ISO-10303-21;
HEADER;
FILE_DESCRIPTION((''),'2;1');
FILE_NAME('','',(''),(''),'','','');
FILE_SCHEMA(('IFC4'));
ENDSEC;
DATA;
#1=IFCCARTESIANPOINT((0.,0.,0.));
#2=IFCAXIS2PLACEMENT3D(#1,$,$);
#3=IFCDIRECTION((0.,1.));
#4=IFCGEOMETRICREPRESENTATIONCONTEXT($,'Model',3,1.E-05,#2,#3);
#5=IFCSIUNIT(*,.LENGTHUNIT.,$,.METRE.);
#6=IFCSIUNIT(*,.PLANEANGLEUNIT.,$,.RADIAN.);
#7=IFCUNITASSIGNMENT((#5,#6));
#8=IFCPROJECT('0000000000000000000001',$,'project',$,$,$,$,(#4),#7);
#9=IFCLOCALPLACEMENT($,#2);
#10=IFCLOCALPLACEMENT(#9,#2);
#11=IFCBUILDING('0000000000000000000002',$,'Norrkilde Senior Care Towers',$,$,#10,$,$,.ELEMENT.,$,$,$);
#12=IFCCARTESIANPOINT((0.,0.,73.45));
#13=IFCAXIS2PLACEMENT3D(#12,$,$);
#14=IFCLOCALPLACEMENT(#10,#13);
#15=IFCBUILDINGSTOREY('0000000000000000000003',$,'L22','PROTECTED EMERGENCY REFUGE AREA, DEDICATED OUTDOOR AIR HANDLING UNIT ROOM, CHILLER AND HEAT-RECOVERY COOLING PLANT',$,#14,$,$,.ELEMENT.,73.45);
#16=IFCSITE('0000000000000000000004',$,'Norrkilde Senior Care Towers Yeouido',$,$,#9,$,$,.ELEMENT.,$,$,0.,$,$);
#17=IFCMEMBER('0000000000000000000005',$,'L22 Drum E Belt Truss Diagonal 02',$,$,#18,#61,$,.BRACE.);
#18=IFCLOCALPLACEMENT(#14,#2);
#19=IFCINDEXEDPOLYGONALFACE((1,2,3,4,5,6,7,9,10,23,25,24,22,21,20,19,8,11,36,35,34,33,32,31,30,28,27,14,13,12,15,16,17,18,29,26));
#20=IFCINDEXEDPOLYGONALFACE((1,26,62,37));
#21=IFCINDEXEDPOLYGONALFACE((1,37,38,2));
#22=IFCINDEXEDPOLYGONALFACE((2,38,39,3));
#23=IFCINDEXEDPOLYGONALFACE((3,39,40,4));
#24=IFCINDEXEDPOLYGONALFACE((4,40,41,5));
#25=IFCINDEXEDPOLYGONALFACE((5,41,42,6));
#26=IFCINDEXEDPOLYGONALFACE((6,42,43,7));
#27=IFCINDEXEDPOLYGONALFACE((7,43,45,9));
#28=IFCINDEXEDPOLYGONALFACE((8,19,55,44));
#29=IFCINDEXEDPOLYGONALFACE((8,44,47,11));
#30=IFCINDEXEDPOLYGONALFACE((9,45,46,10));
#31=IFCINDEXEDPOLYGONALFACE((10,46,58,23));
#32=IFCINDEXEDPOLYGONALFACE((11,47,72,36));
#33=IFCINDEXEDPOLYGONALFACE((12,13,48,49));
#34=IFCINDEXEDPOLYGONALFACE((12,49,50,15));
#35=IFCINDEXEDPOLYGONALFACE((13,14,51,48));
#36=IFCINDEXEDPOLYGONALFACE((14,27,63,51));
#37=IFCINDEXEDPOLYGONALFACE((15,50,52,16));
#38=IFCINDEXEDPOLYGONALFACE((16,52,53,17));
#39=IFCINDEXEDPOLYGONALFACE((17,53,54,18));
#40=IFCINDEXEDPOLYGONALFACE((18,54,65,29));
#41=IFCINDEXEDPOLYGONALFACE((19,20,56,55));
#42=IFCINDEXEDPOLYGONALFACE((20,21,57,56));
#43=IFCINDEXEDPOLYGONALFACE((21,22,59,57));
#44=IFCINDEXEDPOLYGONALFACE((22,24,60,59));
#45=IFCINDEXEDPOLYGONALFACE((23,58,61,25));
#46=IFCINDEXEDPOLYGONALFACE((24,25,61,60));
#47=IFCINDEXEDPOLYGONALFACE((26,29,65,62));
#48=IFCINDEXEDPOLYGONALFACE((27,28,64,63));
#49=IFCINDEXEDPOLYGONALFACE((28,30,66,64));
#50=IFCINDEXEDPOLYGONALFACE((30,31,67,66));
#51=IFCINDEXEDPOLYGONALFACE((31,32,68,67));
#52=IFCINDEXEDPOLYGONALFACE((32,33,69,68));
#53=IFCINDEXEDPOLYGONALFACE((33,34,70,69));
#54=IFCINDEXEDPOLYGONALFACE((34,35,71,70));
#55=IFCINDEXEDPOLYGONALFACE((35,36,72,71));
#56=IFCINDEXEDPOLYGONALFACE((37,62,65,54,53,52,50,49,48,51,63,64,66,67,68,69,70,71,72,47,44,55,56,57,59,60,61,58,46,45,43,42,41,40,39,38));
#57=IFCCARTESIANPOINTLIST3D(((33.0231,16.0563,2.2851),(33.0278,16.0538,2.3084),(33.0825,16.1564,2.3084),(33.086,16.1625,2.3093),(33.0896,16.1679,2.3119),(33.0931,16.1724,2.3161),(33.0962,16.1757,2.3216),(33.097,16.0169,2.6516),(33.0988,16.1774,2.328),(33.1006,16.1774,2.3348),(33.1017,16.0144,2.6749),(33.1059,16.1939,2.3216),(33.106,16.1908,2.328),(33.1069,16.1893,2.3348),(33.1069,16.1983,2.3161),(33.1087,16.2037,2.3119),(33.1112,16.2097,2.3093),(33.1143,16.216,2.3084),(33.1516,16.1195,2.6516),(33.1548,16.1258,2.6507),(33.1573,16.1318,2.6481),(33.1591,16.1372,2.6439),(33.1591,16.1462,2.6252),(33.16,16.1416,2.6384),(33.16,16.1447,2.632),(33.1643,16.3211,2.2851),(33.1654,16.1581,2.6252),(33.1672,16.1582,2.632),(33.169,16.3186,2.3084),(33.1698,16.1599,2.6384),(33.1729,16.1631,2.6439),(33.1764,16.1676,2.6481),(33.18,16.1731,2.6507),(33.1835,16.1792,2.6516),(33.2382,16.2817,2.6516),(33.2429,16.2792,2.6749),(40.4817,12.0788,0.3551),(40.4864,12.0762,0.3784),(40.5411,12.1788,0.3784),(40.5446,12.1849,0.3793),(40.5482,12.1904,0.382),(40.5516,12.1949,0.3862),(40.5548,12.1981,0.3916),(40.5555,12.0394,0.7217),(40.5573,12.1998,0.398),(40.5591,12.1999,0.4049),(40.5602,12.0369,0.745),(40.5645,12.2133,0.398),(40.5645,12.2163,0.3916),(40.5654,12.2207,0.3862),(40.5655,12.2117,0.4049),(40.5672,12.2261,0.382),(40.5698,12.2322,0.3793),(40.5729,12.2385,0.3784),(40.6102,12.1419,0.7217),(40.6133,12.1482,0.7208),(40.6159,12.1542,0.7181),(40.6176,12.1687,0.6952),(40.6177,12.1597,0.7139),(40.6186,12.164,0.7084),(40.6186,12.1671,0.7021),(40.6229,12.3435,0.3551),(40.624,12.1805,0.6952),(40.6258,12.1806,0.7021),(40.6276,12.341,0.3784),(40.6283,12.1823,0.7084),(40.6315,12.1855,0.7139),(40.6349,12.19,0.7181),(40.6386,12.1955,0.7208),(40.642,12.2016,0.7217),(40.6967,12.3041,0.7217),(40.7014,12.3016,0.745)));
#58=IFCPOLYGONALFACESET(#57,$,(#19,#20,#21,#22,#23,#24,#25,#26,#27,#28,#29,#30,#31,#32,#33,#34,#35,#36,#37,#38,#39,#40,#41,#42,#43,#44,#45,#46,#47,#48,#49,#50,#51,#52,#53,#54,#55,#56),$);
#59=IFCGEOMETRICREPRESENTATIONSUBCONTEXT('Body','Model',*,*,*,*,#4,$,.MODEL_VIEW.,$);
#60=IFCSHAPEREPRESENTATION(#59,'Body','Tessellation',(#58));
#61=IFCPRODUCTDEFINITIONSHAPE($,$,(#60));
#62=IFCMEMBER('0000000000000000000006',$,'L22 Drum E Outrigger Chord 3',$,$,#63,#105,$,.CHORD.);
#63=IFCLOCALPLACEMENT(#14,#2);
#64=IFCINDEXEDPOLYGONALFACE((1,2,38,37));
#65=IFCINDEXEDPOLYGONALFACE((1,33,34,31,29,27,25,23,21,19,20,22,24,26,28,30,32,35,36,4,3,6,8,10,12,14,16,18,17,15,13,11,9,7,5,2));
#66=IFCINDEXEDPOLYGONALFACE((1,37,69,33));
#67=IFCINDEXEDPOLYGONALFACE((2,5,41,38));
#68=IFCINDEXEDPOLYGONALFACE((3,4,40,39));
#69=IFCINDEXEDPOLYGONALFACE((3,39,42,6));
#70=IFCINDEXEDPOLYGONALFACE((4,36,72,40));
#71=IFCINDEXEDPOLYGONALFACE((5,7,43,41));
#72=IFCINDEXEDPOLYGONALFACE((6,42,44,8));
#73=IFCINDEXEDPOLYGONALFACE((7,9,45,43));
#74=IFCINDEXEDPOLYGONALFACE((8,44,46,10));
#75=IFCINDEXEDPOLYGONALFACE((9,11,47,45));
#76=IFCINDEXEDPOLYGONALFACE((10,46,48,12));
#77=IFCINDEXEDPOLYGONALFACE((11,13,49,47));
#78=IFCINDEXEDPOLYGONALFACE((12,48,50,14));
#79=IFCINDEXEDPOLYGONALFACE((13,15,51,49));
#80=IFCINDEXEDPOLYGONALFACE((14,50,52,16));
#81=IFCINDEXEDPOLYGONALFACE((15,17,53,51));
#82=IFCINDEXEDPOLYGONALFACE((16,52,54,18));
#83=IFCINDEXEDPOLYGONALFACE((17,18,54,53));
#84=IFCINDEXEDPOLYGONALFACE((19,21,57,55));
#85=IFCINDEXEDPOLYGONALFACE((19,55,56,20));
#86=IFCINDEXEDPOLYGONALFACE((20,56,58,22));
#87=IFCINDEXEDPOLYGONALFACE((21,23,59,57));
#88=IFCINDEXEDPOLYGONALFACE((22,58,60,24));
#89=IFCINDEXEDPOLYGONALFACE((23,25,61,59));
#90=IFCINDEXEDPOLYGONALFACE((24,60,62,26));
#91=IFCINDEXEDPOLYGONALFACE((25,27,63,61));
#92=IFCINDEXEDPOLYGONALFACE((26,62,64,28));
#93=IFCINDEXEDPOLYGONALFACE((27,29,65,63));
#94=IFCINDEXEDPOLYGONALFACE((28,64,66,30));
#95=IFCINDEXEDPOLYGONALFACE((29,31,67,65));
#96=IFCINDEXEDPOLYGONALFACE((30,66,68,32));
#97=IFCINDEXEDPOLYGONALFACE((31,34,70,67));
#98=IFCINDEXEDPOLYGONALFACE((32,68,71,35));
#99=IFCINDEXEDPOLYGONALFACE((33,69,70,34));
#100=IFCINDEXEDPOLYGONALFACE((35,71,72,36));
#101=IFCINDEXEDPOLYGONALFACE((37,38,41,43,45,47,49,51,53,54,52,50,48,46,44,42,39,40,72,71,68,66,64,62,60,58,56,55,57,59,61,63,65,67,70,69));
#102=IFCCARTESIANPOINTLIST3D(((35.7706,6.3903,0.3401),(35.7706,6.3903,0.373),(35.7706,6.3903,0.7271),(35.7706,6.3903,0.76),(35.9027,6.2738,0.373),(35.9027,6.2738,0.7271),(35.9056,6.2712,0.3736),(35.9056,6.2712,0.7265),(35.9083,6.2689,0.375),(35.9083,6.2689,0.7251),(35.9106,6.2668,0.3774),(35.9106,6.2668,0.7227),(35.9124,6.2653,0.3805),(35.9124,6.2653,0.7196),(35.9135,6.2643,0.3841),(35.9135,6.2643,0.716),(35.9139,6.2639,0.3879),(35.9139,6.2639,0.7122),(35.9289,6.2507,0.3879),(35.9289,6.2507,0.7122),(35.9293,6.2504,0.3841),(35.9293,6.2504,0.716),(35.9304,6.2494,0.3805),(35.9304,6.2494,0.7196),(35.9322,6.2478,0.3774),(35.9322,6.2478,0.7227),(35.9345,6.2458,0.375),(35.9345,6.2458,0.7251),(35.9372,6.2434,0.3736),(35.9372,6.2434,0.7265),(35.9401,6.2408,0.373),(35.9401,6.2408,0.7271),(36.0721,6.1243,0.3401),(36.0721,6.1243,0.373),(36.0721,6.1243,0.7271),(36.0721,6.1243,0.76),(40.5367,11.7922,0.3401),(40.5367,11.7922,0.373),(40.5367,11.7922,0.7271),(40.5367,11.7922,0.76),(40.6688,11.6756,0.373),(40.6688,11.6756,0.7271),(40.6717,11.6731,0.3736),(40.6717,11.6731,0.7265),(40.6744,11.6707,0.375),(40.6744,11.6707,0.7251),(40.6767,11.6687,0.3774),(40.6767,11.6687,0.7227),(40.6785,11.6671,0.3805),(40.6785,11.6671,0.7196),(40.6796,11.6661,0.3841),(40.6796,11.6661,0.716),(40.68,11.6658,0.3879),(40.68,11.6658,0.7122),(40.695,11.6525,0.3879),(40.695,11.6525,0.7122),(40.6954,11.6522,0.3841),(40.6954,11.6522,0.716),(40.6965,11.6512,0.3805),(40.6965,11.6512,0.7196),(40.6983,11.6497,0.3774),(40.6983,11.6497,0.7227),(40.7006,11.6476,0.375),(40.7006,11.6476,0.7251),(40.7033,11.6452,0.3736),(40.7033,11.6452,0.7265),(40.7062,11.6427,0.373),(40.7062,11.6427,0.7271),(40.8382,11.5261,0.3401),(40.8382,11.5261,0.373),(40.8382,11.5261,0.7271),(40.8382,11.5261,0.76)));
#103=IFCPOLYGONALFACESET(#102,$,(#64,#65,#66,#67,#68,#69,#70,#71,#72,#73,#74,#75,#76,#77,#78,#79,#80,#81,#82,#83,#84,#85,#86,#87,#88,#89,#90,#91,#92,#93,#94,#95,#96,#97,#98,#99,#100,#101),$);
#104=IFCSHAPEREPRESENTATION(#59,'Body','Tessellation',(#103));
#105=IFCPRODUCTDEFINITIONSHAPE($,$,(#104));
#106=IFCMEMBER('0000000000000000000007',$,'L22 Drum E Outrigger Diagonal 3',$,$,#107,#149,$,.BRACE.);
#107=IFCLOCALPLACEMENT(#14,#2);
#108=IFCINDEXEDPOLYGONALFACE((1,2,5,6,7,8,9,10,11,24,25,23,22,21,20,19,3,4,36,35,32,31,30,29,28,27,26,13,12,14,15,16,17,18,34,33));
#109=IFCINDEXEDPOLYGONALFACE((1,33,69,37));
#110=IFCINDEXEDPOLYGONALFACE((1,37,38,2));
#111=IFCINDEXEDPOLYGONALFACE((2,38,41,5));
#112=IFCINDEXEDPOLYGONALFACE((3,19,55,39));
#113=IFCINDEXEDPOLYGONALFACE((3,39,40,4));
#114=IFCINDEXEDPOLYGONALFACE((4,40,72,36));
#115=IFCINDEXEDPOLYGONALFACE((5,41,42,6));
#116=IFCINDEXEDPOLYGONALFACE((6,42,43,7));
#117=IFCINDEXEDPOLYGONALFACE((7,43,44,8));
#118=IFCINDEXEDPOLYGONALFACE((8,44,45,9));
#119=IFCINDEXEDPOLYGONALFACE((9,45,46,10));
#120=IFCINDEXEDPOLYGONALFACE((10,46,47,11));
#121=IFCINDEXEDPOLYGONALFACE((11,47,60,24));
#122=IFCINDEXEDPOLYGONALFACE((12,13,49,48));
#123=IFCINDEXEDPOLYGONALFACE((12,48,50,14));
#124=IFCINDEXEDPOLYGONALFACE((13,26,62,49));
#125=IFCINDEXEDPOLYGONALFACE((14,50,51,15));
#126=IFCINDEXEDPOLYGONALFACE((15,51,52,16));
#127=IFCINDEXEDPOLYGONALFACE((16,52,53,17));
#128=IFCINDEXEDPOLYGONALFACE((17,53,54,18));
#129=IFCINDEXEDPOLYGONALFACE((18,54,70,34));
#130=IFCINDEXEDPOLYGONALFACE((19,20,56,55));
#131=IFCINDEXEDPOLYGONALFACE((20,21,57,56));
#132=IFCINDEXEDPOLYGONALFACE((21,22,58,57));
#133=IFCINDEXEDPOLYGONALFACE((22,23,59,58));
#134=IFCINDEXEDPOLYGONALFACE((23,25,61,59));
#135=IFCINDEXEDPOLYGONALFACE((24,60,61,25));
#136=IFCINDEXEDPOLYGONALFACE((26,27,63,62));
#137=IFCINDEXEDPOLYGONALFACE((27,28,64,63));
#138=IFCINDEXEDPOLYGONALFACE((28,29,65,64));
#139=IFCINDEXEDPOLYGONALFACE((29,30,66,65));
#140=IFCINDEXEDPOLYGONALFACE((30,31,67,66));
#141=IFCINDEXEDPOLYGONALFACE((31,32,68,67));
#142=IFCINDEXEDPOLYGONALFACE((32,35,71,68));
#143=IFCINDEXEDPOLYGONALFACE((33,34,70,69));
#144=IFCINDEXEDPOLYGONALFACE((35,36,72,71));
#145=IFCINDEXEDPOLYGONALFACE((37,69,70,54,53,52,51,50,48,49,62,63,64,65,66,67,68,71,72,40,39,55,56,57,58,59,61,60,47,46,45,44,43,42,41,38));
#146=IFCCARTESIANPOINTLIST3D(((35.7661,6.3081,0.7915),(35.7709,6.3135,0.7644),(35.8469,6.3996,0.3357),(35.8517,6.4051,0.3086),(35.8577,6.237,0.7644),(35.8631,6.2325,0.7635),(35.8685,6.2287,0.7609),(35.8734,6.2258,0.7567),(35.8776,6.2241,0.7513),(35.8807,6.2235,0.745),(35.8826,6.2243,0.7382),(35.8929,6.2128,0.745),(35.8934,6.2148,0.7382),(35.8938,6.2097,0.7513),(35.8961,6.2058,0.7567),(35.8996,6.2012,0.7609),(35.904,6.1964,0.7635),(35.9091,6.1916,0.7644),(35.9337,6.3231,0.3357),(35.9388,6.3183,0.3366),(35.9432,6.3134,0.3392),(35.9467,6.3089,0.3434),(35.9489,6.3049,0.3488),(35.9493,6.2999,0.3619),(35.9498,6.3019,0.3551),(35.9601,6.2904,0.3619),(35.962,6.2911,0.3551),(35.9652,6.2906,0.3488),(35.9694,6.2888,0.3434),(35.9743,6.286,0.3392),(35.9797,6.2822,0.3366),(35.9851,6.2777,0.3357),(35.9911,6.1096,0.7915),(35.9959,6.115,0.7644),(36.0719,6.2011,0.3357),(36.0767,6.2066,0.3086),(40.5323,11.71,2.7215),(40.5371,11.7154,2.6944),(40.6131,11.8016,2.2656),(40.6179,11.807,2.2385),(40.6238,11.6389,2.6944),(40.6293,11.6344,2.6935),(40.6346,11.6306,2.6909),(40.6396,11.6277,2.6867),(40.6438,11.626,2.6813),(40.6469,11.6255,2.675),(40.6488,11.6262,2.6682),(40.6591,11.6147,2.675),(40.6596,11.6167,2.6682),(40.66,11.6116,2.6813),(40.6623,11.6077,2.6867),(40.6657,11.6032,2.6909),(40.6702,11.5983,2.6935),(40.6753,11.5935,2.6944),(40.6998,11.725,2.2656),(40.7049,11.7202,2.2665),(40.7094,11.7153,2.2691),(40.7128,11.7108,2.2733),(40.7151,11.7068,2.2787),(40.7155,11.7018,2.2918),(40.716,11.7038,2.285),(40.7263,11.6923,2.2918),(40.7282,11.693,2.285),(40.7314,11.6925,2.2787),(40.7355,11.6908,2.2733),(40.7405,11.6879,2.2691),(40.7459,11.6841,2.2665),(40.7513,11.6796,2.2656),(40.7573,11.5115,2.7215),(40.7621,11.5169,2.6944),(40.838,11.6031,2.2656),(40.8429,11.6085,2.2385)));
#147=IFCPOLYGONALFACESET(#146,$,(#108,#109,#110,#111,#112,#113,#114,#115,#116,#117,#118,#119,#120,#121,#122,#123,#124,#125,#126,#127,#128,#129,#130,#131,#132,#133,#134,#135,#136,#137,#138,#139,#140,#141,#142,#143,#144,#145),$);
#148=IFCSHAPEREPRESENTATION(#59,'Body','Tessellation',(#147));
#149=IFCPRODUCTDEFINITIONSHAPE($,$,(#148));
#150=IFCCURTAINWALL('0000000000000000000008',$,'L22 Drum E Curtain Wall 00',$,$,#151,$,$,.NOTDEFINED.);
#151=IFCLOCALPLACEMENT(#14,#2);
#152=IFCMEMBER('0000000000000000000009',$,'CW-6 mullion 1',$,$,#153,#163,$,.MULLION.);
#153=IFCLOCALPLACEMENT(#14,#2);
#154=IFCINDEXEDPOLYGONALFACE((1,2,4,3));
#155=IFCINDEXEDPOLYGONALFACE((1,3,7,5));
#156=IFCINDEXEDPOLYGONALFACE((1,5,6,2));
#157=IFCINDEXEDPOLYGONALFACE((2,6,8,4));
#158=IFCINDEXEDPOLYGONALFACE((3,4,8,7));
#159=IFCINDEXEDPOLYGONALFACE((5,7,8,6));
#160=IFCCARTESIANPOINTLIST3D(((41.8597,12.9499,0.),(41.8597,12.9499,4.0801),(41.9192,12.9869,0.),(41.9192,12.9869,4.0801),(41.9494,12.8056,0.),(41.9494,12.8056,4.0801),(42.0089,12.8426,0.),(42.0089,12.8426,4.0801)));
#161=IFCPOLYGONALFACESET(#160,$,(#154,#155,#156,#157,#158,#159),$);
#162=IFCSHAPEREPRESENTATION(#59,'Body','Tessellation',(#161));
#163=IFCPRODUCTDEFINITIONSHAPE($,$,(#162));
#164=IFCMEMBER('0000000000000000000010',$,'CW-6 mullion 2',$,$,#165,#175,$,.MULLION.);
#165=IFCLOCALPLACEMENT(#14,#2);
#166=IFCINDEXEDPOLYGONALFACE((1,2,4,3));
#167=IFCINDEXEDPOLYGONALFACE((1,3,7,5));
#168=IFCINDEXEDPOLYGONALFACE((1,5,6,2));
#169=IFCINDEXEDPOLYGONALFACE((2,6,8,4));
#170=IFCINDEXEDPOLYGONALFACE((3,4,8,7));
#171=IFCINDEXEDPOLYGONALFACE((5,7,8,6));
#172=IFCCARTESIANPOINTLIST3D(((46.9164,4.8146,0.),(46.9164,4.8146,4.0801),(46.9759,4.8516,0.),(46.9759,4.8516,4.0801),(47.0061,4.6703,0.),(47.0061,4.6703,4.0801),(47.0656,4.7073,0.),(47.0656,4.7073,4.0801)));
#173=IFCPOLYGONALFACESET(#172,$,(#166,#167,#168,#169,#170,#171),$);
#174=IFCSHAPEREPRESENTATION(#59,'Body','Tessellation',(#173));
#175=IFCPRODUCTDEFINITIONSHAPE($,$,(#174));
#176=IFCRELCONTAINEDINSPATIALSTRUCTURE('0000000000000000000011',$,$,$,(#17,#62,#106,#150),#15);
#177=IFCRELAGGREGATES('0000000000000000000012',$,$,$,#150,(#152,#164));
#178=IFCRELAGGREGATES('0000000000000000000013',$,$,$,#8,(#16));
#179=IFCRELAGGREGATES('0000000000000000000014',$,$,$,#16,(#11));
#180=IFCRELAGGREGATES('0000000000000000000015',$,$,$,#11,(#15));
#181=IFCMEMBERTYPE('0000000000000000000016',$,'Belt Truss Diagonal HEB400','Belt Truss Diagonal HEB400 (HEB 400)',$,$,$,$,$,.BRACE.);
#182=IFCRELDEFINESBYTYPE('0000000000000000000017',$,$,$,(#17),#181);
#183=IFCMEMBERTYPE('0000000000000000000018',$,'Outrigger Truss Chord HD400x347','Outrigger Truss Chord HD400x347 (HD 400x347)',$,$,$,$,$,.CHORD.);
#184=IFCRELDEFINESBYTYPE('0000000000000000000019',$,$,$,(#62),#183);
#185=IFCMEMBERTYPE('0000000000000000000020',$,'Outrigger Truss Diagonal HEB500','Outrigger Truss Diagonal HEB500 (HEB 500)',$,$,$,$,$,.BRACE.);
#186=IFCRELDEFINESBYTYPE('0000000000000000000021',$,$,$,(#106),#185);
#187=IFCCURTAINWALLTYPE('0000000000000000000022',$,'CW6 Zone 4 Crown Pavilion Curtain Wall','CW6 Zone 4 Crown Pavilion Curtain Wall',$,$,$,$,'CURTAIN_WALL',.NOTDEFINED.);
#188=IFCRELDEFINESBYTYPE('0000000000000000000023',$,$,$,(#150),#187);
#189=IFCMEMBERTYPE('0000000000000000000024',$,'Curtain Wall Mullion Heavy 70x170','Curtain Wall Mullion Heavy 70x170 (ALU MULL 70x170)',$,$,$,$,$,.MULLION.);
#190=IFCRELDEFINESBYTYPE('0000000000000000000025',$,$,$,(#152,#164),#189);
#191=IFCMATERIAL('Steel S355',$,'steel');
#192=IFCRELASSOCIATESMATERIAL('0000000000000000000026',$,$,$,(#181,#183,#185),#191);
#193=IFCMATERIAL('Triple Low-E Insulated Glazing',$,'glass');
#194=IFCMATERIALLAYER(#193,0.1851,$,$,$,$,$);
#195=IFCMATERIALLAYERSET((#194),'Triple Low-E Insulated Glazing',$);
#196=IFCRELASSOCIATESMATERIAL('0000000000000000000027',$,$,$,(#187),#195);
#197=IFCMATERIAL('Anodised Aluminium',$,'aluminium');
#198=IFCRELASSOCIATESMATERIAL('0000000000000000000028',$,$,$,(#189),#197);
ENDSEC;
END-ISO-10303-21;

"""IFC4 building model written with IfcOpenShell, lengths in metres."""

from ifc_helpers import new_model, si_unit, direction, frame, origin, origin_2d, place, context, subcontext, project, spatial, rectangle, i_section, extrude, source, transform, mapped, material, layer, layer_set, material_profile, profile_set, type_object, type_shapes, element, aggregate, save


model = new_model("IFC4")

# Units and contexts
model_context = context("Model", 3, precision=1e-05, world=origin(), true_north=direction((0.0, 1.0)))
body_context = subcontext(model_context, "Body", "Model", "MODEL_VIEW")
ifc_project = project(units=[si_unit("LENGTHUNIT", "METRE"), si_unit("PLANEANGLEUNIT", "RADIAN")], contexts=[model_context])

# Site, building, storey
site_placement = place(None, origin())
site = spatial("IfcSite", under=ifc_project, at=site_placement, Name="Norrkilde Senior Care Towers Yeouido", CompositionType="ELEMENT", RefElevation=0.0)
building_placement = place(site_placement, origin())
building = spatial("IfcBuilding", under=site, at=building_placement, Name="Norrkilde Senior Care Towers", CompositionType="ELEMENT")
storey_placement = place(building_placement, frame((0.0, 0.0, 73.45)))
storey = spatial("IfcBuildingStorey", under=building, at=storey_placement, Name="L22", Description="PROTECTED EMERGENCY REFUGE AREA, DEDICATED OUTDOOR AIR HANDLING UNIT ROOM, CHILLER AND HEAT-RECOVERY COOLING PLANT", CompositionType="ELEMENT", Elevation=73.45)

# Members
ifc_material_1 = material(Name="Steel S355", Category="steel")
ifc_material_profile_1 = material_profile(ifc_material_1, i_section(OverallWidth=0.3, OverallDepth=0.3999, WebThickness=0.0134, FlangeThickness=0.0239, FilletRadius=0.0271, at=origin_2d()), Name="HEB 400")
ifc_profile_set_1 = profile_set([ifc_material_profile_1], Name="Steel S355")
member_type_1 = type_object("IfcMemberType", Name="Belt Truss Diagonal HEB400", Description="Belt Truss Diagonal HEB400 (HEB 400)", PredefinedType="BRACE", material=ifc_profile_set_1)
shared_shape_1 = source(origin(), body_context, "Body", "SweptSolid", [
    extrude(i_section(OverallWidth=0.3, OverallDepth=0.3999, WebThickness=0.0134, FlangeThickness=0.0239, FilletRadius=0.0271, at=origin_2d()), origin(), (0.0, 0.0, 1.0), 8.6704),
])
member_1_placement = place(storey_placement, frame((40.5916, 12.1902, 0.55), z_axis=(-0.860232, 0.458753, 0.22259), x_axis=(-0.470558, -0.882369, 0.0)))
element("IfcMember", 1, at=member_1_placement, inside=storey, type_object=member_type_1, Name="L22 Drum E Belt Truss Diagonal 02", PredefinedType="BRACE", context=body_context, shape_type="MappedRepresentation", body=[
    mapped(shared_shape_1, transform((0.0, 0.0, 0.0), x_axis=(1.0, 0.0, 0.0), y_axis=(0.0, 1.0, 0.0), z_axis=(0.0, 0.0, 1.0), scale=1.0)),
])
ifc_material_profile_2 = material_profile(ifc_material_1, i_section(OverallWidth=0.4021, OverallDepth=0.4199, WebThickness=0.02, FlangeThickness=0.033, FilletRadius=0.0149, at=origin_2d()), Name="HD 400x347")
ifc_profile_set_2 = profile_set([ifc_material_profile_2], Name="Steel S355")
member_type_2 = type_object("IfcMemberType", Name="Outrigger Truss Chord HD400x347", Description="Outrigger Truss Chord HD400x347 (HD 400x347)", PredefinedType="CHORD", material=ifc_profile_set_2)
shared_shape_2 = source(origin(), body_context, "Body", "SweptSolid", [
    extrude(i_section(OverallWidth=0.4021, OverallDepth=0.4199, WebThickness=0.02, FlangeThickness=0.033, FilletRadius=0.0149, at=origin_2d()), origin(), (0.0, 0.0, 1.0), 7.2039),
])
type_shapes(member_type_2, [shared_shape_2])
member_2_placement = place(storey_placement, frame((35.9214, 6.2573, 0.55), z_axis=(0.661604, 0.749854, 0.0), x_axis=(-0.749854, 0.661604, 0.0)))
element("IfcMember", 2, at=member_2_placement, inside=storey, type_object=member_type_2, Name="L22 Drum E Outrigger Chord 3", PredefinedType="CHORD", context=body_context, shape_type="MappedRepresentation", body=[
    mapped(shared_shape_2, transform((0.0, 0.0, 0.0), x_axis=(1.0, 0.0, 0.0), y_axis=(0.0, 1.0, 0.0), z_axis=(0.0, 0.0, 1.0), scale=1.0)),
])
ifc_material_profile_3 = material_profile(ifc_material_1, i_section(OverallWidth=0.3, OverallDepth=0.5, WebThickness=0.0144, FlangeThickness=0.0281, FilletRadius=0.0271, at=origin_2d()), Name="HEB 500")
ifc_profile_set_3 = profile_set([ifc_material_profile_3], Name="Steel S355")
member_type_3 = type_object("IfcMemberType", Name="Outrigger Truss Diagonal HEB500", Description="Outrigger Truss Diagonal HEB500 (HEB 500)", PredefinedType="BRACE", material=ifc_profile_set_3)
shared_shape_3 = source(origin(), body_context, "Body", "SweptSolid", [
    extrude(i_section(OverallWidth=0.3, OverallDepth=0.5, WebThickness=0.0144, FlangeThickness=0.0281, FilletRadius=0.0271, at=origin_2d()), origin(), (0.0, 0.0, 1.0), 7.458),
])
type_shapes(member_type_3, [shared_shape_3])
member_3_placement = place(storey_placement, frame((35.9214, 6.2573, 0.55), z_axis=(0.639068, 0.724312, 0.258776), x_axis=(-0.749854, 0.661604, 0.0)))
element("IfcMember", 3, at=member_3_placement, inside=storey, type_object=member_type_3, Name="L22 Drum E Outrigger Diagonal 3", PredefinedType="BRACE", context=body_context, shape_type="MappedRepresentation", body=[
    mapped(shared_shape_3, transform((0.0, 0.0, 0.0), x_axis=(1.0, 0.0, 0.0), y_axis=(0.0, 1.0, 0.0), z_axis=(0.0, 0.0, 1.0), scale=1.0)),
])

# Curtain wall, members
ifc_material_2 = material(Name="Triple Low-E Insulated Glazing", Category="glass")
ifc_layer_1 = layer(ifc_material_2, 0.1851)
ifc_layer_set_1 = layer_set([ifc_layer_1], Name="Triple Low-E Insulated Glazing")
curtain_wall_type = type_object("IfcCurtainWallType", Name="CW6 Zone 4 Crown Pavilion Curtain Wall", Description="CW6 Zone 4 Crown Pavilion Curtain Wall", ElementType="CURTAIN_WALL", PredefinedType="NOTDEFINED", material=ifc_layer_set_1)
curtain_wall_1_placement = place(storey_placement, origin())
curtain_wall_1 = element("IfcCurtainWall", 4, at=curtain_wall_1_placement, inside=storey, type_object=curtain_wall_type, Name="L22 Drum E Curtain Wall 00", PredefinedType="NOTDEFINED")
ifc_material_3 = material(Name="Anodised Aluminium", Category="aluminium")
ifc_material_profile_4 = material_profile(ifc_material_3, rectangle(XDim=0.0701, YDim=0.1699, at=origin_2d()), Name="ALU MULL 70x170")
ifc_profile_set_4 = profile_set([ifc_material_profile_4], Name="Anodised Aluminium")
member_type_4 = type_object("IfcMemberType", Name="Curtain Wall Mullion Heavy 70x170", Description="Curtain Wall Mullion Heavy 70x170 (ALU MULL 70x170)", PredefinedType="MULLION", material=ifc_profile_set_4)
shared_shape_4 = source(origin(), body_context, "Body", "SweptSolid", [
    extrude(rectangle(XDim=0.0701, YDim=0.1699, at=origin_2d()), origin(), (0.0, 0.0, 1.0), 4.0801),
])
type_shapes(member_type_4, [shared_shape_4])
member_4_placement = place(storey_placement, frame((41.9343, 12.8962, 0.0), z_axis=(0.0, 0.0, 1.0), x_axis=(0.849306, 0.527901, 0.0)))
member_4 = element("IfcMember", 5, at=member_4_placement, type_object=member_type_4, Name="CW-6 mullion 1", PredefinedType="MULLION", context=body_context, shape_type="MappedRepresentation", body=[
    mapped(shared_shape_4, transform((0.0, 0.0, 0.0), x_axis=(1.0, 0.0, 0.0), y_axis=(0.0, 1.0, 0.0), z_axis=(0.0, 0.0, 1.0), scale=1.0)),
])
member_5_placement = place(storey_placement, frame((46.991, 4.761, 0.0), z_axis=(0.0, 0.0, 1.0), x_axis=(0.849306, 0.527901, 0.0)))
member_5 = element("IfcMember", 6, at=member_5_placement, type_object=member_type_4, Name="CW-6 mullion 2", PredefinedType="MULLION", context=body_context, shape_type="MappedRepresentation", body=[
    mapped(shared_shape_4, transform((0.0, 0.0, 0.0), x_axis=(1.0, 0.0, 0.0), y_axis=(0.0, 1.0, 0.0), z_axis=(0.0, 0.0, 1.0), scale=1.0)),
])

aggregate(curtain_wall_1, [member_4, member_5])

save(model, "model.ifc")
